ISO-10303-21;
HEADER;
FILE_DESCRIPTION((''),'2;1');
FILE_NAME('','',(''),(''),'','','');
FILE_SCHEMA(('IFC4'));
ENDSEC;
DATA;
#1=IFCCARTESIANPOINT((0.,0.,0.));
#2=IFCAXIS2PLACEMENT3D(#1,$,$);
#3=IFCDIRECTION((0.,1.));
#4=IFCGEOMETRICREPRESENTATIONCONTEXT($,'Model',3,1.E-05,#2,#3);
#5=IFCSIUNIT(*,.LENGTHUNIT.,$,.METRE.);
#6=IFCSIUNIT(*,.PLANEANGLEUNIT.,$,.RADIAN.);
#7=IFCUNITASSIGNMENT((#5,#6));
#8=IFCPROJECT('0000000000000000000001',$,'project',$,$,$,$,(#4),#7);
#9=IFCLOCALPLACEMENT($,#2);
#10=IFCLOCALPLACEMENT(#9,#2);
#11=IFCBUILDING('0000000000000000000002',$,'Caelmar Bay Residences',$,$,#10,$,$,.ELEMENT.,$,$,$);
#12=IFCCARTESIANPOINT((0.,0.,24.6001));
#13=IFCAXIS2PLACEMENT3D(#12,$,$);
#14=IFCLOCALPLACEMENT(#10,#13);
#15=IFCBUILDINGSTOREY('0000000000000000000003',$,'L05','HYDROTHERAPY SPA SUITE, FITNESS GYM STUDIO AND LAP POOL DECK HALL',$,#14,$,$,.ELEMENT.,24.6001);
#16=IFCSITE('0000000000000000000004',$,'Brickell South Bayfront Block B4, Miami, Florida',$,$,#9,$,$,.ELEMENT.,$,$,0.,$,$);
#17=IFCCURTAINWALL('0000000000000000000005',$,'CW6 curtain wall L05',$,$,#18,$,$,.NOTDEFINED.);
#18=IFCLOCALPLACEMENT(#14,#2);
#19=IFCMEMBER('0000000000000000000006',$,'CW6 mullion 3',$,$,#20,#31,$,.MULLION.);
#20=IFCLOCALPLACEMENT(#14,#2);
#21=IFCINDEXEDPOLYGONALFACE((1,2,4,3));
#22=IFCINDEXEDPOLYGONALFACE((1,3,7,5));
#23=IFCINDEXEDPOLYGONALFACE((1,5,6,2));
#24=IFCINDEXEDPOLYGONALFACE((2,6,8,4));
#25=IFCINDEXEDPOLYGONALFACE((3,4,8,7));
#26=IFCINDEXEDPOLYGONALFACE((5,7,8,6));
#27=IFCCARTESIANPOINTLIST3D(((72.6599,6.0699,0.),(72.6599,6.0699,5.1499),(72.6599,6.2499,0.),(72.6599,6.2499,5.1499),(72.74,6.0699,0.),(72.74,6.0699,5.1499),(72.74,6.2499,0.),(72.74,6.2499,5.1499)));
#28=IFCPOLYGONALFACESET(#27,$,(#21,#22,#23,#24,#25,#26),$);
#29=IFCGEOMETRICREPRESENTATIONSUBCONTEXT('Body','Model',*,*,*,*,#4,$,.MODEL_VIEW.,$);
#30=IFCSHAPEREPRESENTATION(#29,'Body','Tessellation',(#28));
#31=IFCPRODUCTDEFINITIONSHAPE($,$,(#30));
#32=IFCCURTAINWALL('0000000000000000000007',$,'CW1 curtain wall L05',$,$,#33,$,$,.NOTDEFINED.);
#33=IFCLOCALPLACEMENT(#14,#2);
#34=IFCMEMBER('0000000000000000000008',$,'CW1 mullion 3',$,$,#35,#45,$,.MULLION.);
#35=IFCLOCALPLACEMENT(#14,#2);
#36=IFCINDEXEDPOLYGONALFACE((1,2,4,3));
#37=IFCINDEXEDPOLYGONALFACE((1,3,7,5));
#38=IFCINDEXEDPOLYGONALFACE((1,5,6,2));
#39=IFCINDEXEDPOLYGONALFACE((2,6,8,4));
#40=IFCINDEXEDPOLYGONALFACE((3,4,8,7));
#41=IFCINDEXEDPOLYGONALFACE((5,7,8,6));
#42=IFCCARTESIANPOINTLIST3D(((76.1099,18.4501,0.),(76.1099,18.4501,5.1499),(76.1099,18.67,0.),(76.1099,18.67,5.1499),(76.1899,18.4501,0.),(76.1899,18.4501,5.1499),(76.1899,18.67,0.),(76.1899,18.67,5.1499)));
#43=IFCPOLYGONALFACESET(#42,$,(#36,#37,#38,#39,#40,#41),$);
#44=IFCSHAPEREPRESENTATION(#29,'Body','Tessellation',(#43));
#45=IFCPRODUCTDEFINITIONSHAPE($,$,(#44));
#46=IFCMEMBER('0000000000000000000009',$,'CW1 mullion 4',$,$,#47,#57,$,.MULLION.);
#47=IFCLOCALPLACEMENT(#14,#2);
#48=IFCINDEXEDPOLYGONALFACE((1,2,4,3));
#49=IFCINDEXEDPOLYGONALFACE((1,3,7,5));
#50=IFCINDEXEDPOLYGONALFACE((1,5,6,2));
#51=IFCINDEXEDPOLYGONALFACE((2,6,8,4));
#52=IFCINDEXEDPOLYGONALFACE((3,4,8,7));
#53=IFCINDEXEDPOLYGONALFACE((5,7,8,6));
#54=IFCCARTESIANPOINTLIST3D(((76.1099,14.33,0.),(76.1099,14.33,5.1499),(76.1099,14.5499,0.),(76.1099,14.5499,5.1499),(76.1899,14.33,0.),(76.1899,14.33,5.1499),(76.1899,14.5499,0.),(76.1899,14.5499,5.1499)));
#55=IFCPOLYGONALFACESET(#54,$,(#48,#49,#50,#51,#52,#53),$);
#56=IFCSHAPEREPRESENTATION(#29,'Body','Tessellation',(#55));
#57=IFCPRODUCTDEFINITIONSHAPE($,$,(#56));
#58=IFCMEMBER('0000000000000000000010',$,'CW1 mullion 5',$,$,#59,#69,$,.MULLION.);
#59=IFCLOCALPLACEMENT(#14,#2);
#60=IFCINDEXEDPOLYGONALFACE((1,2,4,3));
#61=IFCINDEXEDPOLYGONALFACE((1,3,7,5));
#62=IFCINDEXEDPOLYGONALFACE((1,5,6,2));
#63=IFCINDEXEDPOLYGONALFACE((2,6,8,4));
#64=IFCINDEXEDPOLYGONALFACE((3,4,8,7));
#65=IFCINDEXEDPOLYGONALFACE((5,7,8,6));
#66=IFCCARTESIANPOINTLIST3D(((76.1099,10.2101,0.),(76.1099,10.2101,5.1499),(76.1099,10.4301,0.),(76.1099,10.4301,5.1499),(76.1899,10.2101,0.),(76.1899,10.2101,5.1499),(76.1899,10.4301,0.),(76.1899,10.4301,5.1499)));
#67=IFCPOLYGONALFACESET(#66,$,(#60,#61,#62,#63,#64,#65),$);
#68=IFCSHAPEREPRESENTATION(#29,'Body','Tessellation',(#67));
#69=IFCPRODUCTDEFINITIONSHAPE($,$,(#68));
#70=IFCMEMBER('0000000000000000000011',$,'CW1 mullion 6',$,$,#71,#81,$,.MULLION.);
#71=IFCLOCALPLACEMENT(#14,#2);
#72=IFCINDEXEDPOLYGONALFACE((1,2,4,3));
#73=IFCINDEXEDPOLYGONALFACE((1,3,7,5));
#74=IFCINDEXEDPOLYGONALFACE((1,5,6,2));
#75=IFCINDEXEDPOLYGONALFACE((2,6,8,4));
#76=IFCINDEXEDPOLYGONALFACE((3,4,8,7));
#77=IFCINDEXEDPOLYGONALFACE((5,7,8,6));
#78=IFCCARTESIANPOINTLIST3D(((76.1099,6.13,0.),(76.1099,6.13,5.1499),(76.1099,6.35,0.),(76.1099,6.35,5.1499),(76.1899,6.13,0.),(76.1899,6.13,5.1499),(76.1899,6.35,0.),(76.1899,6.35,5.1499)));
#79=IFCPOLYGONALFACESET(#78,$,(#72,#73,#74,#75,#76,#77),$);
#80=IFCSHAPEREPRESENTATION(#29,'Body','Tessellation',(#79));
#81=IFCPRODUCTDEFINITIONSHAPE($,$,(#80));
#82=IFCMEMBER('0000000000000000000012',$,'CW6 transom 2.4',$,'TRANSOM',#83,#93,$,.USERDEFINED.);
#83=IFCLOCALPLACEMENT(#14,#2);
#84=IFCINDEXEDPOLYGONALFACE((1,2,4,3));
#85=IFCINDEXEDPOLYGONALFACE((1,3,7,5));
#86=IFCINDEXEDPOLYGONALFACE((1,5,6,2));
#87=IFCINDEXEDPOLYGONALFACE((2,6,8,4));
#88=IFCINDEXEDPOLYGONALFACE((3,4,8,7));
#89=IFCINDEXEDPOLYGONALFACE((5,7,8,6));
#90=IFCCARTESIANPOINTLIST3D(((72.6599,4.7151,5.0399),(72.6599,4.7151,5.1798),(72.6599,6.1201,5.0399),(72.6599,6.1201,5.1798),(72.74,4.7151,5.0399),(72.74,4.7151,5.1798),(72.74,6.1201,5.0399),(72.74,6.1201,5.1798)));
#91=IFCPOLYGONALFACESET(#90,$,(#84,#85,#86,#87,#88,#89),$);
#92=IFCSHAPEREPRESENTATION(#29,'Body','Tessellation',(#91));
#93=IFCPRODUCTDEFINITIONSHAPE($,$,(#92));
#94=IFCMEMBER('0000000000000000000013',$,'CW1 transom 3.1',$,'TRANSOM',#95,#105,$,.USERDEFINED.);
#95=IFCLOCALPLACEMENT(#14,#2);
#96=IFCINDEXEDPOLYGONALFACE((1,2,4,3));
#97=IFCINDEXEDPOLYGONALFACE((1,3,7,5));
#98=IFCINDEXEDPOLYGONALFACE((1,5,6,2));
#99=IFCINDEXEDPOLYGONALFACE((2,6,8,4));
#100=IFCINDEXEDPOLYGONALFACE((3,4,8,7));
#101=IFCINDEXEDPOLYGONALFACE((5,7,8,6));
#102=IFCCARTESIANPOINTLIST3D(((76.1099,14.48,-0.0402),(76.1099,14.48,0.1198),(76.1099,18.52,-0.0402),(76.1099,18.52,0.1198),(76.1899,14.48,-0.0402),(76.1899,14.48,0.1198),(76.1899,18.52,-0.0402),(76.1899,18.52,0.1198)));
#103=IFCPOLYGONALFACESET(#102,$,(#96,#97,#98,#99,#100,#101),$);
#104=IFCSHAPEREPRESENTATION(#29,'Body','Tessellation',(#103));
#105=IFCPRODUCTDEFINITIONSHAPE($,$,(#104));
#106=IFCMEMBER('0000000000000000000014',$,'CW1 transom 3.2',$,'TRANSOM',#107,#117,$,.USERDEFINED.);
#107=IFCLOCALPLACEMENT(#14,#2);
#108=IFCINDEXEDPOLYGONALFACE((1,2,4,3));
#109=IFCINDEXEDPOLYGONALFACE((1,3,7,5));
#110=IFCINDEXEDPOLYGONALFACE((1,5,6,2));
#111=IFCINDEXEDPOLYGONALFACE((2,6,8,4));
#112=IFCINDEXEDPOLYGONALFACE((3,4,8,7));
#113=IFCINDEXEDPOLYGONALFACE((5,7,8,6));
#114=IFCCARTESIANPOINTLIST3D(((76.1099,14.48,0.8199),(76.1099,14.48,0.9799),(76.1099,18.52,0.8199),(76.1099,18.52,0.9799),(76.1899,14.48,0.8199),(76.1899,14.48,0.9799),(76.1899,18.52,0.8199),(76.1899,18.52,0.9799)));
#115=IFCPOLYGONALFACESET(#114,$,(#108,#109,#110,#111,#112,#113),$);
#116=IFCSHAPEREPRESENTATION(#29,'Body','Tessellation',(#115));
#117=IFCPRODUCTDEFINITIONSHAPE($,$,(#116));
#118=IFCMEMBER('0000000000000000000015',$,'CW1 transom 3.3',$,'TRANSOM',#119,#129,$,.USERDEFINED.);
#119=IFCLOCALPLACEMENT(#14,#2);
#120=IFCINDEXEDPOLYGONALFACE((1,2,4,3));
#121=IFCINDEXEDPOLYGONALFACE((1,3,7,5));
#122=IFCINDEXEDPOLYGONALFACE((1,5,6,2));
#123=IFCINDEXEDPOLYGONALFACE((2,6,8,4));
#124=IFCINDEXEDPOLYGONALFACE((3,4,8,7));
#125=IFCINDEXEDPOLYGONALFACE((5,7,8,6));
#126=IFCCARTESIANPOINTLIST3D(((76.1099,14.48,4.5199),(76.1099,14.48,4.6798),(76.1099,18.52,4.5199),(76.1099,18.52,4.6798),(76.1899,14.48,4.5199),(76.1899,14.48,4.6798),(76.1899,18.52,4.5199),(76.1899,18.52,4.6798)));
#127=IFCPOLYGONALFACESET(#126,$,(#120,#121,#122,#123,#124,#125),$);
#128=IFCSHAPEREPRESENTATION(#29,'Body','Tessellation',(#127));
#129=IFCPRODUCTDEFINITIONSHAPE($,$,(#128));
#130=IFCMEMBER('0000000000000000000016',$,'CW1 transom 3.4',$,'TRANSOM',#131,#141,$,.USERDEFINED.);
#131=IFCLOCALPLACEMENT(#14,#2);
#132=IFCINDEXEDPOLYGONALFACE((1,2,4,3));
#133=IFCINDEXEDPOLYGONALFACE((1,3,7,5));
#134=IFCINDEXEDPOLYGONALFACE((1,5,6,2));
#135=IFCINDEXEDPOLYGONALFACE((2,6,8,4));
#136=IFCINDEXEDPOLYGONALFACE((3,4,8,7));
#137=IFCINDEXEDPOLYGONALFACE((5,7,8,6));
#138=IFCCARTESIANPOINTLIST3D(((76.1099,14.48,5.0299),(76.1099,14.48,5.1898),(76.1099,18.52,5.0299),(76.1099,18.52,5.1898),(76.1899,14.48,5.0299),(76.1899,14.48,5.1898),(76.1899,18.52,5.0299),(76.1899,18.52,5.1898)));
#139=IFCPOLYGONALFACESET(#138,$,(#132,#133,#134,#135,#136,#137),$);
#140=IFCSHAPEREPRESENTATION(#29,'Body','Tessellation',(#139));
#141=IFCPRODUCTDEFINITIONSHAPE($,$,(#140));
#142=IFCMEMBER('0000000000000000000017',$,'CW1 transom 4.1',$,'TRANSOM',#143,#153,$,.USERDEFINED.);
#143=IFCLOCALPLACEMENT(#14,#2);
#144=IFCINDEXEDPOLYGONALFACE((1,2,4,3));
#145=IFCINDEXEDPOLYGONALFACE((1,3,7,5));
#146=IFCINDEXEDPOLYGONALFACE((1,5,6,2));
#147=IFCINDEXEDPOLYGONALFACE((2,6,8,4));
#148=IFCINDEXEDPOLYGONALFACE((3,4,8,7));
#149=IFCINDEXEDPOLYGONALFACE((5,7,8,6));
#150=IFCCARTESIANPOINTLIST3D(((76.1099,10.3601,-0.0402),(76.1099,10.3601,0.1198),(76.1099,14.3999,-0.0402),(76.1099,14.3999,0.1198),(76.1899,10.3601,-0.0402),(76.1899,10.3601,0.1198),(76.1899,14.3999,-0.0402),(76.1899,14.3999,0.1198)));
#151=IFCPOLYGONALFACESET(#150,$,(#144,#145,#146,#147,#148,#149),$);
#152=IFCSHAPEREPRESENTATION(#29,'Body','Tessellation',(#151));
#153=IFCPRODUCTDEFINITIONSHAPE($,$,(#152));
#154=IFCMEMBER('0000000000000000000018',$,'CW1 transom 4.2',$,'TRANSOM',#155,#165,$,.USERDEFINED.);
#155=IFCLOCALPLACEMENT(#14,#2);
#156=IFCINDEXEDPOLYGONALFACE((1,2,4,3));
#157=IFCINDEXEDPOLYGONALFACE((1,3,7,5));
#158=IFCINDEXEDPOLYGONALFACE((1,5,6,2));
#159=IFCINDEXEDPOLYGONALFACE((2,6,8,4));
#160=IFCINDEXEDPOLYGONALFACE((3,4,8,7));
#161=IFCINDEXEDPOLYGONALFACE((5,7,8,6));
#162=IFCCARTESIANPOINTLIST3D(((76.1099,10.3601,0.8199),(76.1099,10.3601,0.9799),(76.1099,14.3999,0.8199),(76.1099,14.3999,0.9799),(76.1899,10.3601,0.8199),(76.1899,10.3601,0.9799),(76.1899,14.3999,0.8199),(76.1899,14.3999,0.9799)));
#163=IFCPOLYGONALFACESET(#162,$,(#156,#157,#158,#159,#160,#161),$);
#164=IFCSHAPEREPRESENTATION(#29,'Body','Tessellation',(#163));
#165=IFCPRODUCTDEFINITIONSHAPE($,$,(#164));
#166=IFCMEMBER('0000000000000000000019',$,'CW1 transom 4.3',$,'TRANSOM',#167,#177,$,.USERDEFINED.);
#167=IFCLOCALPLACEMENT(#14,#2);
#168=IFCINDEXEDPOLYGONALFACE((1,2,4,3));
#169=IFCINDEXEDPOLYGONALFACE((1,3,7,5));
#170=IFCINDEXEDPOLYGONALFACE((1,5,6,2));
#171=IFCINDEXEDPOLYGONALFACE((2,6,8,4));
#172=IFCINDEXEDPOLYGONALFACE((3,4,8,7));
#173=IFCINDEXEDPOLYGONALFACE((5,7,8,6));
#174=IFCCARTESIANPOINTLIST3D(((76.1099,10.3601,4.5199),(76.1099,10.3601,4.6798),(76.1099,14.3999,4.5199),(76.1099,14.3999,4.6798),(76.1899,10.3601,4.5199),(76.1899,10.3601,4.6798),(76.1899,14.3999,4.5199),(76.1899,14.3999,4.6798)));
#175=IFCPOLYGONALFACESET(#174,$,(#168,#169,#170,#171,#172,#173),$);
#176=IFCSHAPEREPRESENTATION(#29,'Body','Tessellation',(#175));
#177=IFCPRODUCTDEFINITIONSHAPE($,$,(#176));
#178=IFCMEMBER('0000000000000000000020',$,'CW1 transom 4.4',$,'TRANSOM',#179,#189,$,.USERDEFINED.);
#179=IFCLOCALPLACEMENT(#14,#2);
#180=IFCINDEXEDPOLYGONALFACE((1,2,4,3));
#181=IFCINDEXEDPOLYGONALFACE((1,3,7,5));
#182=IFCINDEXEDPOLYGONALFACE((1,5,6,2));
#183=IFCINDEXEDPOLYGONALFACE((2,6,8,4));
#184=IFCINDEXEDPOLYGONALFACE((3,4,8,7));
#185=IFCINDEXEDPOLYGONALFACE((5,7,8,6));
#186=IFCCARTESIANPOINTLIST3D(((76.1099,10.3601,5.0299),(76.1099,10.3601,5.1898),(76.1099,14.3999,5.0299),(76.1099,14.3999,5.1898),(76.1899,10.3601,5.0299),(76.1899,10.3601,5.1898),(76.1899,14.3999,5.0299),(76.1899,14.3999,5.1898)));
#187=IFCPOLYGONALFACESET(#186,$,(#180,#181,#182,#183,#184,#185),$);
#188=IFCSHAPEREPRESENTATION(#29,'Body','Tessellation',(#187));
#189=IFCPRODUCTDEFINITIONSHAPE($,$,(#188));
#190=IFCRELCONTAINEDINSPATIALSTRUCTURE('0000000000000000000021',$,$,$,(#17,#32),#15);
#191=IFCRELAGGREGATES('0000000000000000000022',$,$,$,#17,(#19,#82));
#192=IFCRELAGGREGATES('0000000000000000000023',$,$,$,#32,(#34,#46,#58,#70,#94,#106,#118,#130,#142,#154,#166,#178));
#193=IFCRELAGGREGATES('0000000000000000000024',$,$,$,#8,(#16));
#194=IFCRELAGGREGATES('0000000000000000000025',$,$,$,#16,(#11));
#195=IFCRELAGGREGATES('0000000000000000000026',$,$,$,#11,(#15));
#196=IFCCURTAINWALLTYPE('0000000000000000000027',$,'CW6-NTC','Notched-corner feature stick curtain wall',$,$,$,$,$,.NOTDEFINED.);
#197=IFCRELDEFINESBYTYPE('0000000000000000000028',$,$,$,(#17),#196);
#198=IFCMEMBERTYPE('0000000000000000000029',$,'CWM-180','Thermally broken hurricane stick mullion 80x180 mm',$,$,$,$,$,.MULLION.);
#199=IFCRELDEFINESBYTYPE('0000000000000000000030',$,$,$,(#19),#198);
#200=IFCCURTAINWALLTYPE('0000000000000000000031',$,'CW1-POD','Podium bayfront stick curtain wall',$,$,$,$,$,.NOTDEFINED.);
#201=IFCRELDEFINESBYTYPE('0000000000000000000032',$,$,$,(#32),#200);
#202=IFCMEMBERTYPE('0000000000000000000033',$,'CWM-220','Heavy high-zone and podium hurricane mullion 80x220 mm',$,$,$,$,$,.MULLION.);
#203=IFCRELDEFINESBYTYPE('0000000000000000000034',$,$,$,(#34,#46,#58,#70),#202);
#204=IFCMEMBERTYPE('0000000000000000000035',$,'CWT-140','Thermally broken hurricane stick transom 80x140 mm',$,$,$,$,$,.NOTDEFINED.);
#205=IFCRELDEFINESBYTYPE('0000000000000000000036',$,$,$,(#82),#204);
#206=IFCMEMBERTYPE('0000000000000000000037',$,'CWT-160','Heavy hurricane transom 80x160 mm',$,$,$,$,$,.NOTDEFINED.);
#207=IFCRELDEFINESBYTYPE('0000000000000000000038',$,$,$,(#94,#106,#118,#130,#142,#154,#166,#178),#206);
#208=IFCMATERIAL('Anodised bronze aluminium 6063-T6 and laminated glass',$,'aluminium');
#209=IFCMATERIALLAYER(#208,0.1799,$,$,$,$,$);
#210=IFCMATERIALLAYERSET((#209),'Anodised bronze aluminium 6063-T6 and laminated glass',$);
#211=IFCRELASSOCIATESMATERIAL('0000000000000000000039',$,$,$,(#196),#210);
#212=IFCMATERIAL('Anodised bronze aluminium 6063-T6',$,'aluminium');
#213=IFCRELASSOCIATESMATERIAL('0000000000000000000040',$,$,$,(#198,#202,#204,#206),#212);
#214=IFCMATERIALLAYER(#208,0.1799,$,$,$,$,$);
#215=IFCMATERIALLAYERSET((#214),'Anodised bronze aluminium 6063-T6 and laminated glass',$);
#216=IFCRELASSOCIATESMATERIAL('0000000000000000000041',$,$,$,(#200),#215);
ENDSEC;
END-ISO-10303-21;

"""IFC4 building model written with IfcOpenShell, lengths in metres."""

from ifc_helpers import new_model, si_unit, direction, frame, origin, origin_2d, place, context, subcontext, project, spatial, rectangle, extrude, material, layer, layer_set, material_profile, profile_set, type_object, element, aggregate, save


model = new_model("IFC4")

# Units and contexts
model_context = context("Model", 3, precision=1e-05, world=origin(), true_north=direction((0.0, 1.0)))
body_context = subcontext(model_context, "Body", "Model", "MODEL_VIEW")
ifc_project = project(units=[si_unit("LENGTHUNIT", "METRE"), si_unit("PLANEANGLEUNIT", "RADIAN")], contexts=[model_context])

# Site, building, storey
site_placement = place(None, origin())
site = spatial("IfcSite", under=ifc_project, at=site_placement, Name="Brickell South Bayfront Block B4, Miami, Florida", CompositionType="ELEMENT", RefElevation=0.0)
building_placement = place(site_placement, origin())
building = spatial("IfcBuilding", under=site, at=building_placement, Name="Caelmar Bay Residences", CompositionType="ELEMENT")
storey_placement = place(building_placement, frame((0.0, 0.0, 24.6001)))
storey = spatial("IfcBuildingStorey", under=building, at=storey_placement, Name="L05", Description="HYDROTHERAPY SPA SUITE, FITNESS GYM STUDIO AND LAP POOL DECK HALL", CompositionType="ELEMENT", Elevation=24.6001)

# Curtain wall, member
ifc_material_1 = material(Name="Anodised bronze aluminium 6063-T6 and laminated glass", Category="aluminium")
ifc_layer_1 = layer(ifc_material_1, 0.1799)
ifc_layer_set_1 = layer_set([ifc_layer_1], Name="Anodised bronze aluminium 6063-T6 and laminated glass")
curtain_wall_type_1 = type_object("IfcCurtainWallType", Name="CW6-NTC", Description="Notched-corner feature stick curtain wall", PredefinedType="NOTDEFINED", material=ifc_layer_set_1)
curtain_wall_1_placement = place(storey_placement, origin())
curtain_wall_1 = element("IfcCurtainWall", 1, at=curtain_wall_1_placement, inside=storey, type_object=curtain_wall_type_1, Name="CW6 curtain wall L05", PredefinedType="NOTDEFINED")
ifc_material_2 = material(Name="Anodised bronze aluminium 6063-T6", Category="aluminium")
ifc_material_profile_1 = material_profile(ifc_material_2, rectangle(XDim=0.0801, YDim=0.1799, at=origin_2d()), Name="CWM-80X180")
ifc_profile_set_1 = profile_set([ifc_material_profile_1], Name="Anodised bronze aluminium 6063-T6")
member_type_1 = type_object("IfcMemberType", Name="CWM-180", Description="Thermally broken hurricane stick mullion 80x180 mm", PredefinedType="MULLION", material=ifc_profile_set_1)
member_1_placement = place(storey_placement, frame((72.7, 6.1599, 0.0), z_axis=(0.0, 0.0, 1.0), x_axis=(-1.0, 0.0, 0.0)))
member_1 = element("IfcMember", 2, at=member_1_placement, type_object=member_type_1, Name="CW6 mullion 3", PredefinedType="MULLION", context=body_context, shape_type="SweptSolid", body=[
    extrude(rectangle(XDim=0.0801, YDim=0.1799, at=origin_2d()), origin(), (0.0, 0.0, 1.0), 5.1499),
])

# Curtain wall, members
ifc_layer_2 = layer(ifc_material_1, 0.1799)
ifc_layer_set_2 = layer_set([ifc_layer_2], Name="Anodised bronze aluminium 6063-T6 and laminated glass")
curtain_wall_type_2 = type_object("IfcCurtainWallType", Name="CW1-POD", Description="Podium bayfront stick curtain wall", PredefinedType="NOTDEFINED", material=ifc_layer_set_2)
curtain_wall_2_placement = place(storey_placement, origin())
curtain_wall_2 = element("IfcCurtainWall", 3, at=curtain_wall_2_placement, inside=storey, type_object=curtain_wall_type_2, Name="CW1 curtain wall L05", PredefinedType="NOTDEFINED")
ifc_material_profile_2 = material_profile(ifc_material_2, rectangle(XDim=0.0801, YDim=0.22, at=origin_2d()), Name="CWM-80X220")
ifc_profile_set_2 = profile_set([ifc_material_profile_2], Name="Anodised bronze aluminium 6063-T6")
member_type_2 = type_object("IfcMemberType", Name="CWM-220", Description="Heavy high-zone and podium hurricane mullion 80x220 mm", PredefinedType="MULLION", material=ifc_profile_set_2)
member_2_placement = place(storey_placement, frame((76.1499, 18.5601, 0.0), z_axis=(0.0, 0.0, 1.0), x_axis=(1.0, 0.0, 0.0)))
member_2 = element("IfcMember", 4, at=member_2_placement, type_object=member_type_2, Name="CW1 mullion 3", PredefinedType="MULLION", context=body_context, shape_type="SweptSolid", body=[
    extrude(rectangle(XDim=0.0801, YDim=0.22, at=origin_2d()), origin(), (0.0, 0.0, 1.0), 5.1499),
])
member_3_placement = place(storey_placement, frame((76.1499, 14.4399, 0.0), z_axis=(0.0, 0.0, 1.0), x_axis=(1.0, 0.0, 0.0)))
member_3 = element("IfcMember", 5, at=member_3_placement, type_object=member_type_2, Name="CW1 mullion 4", PredefinedType="MULLION", context=body_context, shape_type="SweptSolid", body=[
    extrude(rectangle(XDim=0.0801, YDim=0.22, at=origin_2d()), origin(), (0.0, 0.0, 1.0), 5.1499),
])
member_4_placement = place(storey_placement, frame((76.1499, 10.3201, 0.0), z_axis=(0.0, 0.0, 1.0), x_axis=(1.0, 0.0, 0.0)))
member_4 = element("IfcMember", 6, at=member_4_placement, type_object=member_type_2, Name="CW1 mullion 5", PredefinedType="MULLION", context=body_context, shape_type="SweptSolid", body=[
    extrude(rectangle(XDim=0.0801, YDim=0.22, at=origin_2d()), origin(), (0.0, 0.0, 1.0), 5.1499),
])
member_5_placement = place(storey_placement, frame((76.1499, 6.24, 0.0), z_axis=(0.0, 0.0, 1.0), x_axis=(1.0, 0.0, 0.0)))
member_5 = element("IfcMember", 7, at=member_5_placement, type_object=member_type_2, Name="CW1 mullion 6", PredefinedType="MULLION", context=body_context, shape_type="SweptSolid", body=[
    extrude(rectangle(XDim=0.0801, YDim=0.22, at=origin_2d()), origin(), (0.0, 0.0, 1.0), 5.1499),
])

# Members
ifc_material_profile_3 = material_profile(ifc_material_2, rectangle(XDim=0.0801, YDim=0.1399, at=origin_2d()), Name="CWT-80X140")
ifc_profile_set_3 = profile_set([ifc_material_profile_3], Name="Anodised bronze aluminium 6063-T6")
member_type_3 = type_object("IfcMemberType", Name="CWT-140", Description="Thermally broken hurricane stick transom 80x140 mm", PredefinedType="NOTDEFINED", material=ifc_profile_set_3)
member_6_placement = place(storey_placement, frame((72.7, 4.7151, 5.1099), z_axis=(0.0, 1.0, 0.0), x_axis=(-1.0, 0.0, 0.0)))
member_6 = element("IfcMember", 8, at=member_6_placement, type_object=member_type_3, Name="CW6 transom 2.4", ObjectType="TRANSOM", PredefinedType="USERDEFINED", context=body_context, shape_type="SweptSolid", body=[
    extrude(rectangle(XDim=0.0801, YDim=0.1399, at=origin_2d()), origin(), (0.0, 0.0, 1.0), 1.405),
])
ifc_material_profile_4 = material_profile(ifc_material_2, rectangle(XDim=0.0801, YDim=0.1599, at=origin_2d()), Name="CWT-80X160")
ifc_profile_set_4 = profile_set([ifc_material_profile_4], Name="Anodised bronze aluminium 6063-T6")
member_type_4 = type_object("IfcMemberType", Name="CWT-160", Description="Heavy hurricane transom 80x160 mm", PredefinedType="NOTDEFINED", material=ifc_profile_set_4)
member_7_placement = place(storey_placement, frame((76.1499, 18.52, 0.0398), z_axis=(0.0, -1.0, 0.0), x_axis=(1.0, 0.0, 0.0)))
member_7 = element("IfcMember", 9, at=member_7_placement, type_object=member_type_4, Name="CW1 transom 3.1", ObjectType="TRANSOM", PredefinedType="USERDEFINED", context=body_context, shape_type="SweptSolid", body=[
    extrude(rectangle(XDim=0.0801, YDim=0.1599, at=origin_2d()), origin(), (0.0, 0.0, 1.0), 4.04),
])
member_8_placement = place(storey_placement, frame((76.1499, 18.52, 0.8999), z_axis=(0.0, -1.0, 0.0), x_axis=(1.0, 0.0, 0.0)))
member_8 = element("IfcMember", 10, at=member_8_placement, type_object=member_type_4, Name="CW1 transom 3.2", ObjectType="TRANSOM", PredefinedType="USERDEFINED", context=body_context, shape_type="SweptSolid", body=[
    extrude(rectangle(XDim=0.0801, YDim=0.1599, at=origin_2d()), origin(), (0.0, 0.0, 1.0), 4.04),
])
member_9_placement = place(storey_placement, frame((76.1499, 18.52, 4.5999), z_axis=(0.0, -1.0, 0.0), x_axis=(1.0, 0.0, 0.0)))
member_9 = element("IfcMember", 11, at=member_9_placement, type_object=member_type_4, Name="CW1 transom 3.3", ObjectType="TRANSOM", PredefinedType="USERDEFINED", context=body_context, shape_type="SweptSolid", body=[
    extrude(rectangle(XDim=0.0801, YDim=0.1599, at=origin_2d()), origin(), (0.0, 0.0, 1.0), 4.04),
])
member_10_placement = place(storey_placement, frame((76.1499, 18.52, 5.1099), z_axis=(0.0, -1.0, 0.0), x_axis=(1.0, 0.0, 0.0)))
member_10 = element("IfcMember", 12, at=member_10_placement, type_object=member_type_4, Name="CW1 transom 3.4", ObjectType="TRANSOM", PredefinedType="USERDEFINED", context=body_context, shape_type="SweptSolid", body=[
    extrude(rectangle(XDim=0.0801, YDim=0.1599, at=origin_2d()), origin(), (0.0, 0.0, 1.0), 4.04),
])
member_11_placement = place(storey_placement, frame((76.1499, 14.3999, 0.0398), z_axis=(0.0, -1.0, 0.0), x_axis=(1.0, 0.0, 0.0)))
member_11 = element("IfcMember", 13, at=member_11_placement, type_object=member_type_4, Name="CW1 transom 4.1", ObjectType="TRANSOM", PredefinedType="USERDEFINED", context=body_context, shape_type="SweptSolid", body=[
    extrude(rectangle(XDim=0.0801, YDim=0.1599, at=origin_2d()), origin(), (0.0, 0.0, 1.0), 4.0398),
])
member_12_placement = place(storey_placement, frame((76.1499, 14.3999, 0.8999), z_axis=(0.0, -1.0, 0.0), x_axis=(1.0, 0.0, 0.0)))
member_12 = element("IfcMember", 14, at=member_12_placement, type_object=member_type_4, Name="CW1 transom 4.2", ObjectType="TRANSOM", PredefinedType="USERDEFINED", context=body_context, shape_type="SweptSolid", body=[
    extrude(rectangle(XDim=0.0801, YDim=0.1599, at=origin_2d()), origin(), (0.0, 0.0, 1.0), 4.0398),
])
member_13_placement = place(storey_placement, frame((76.1499, 14.3999, 4.5999), z_axis=(0.0, -1.0, 0.0), x_axis=(1.0, 0.0, 0.0)))
member_13 = element("IfcMember", 15, at=member_13_placement, type_object=member_type_4, Name="CW1 transom 4.3", ObjectType="TRANSOM", PredefinedType="USERDEFINED", context=body_context, shape_type="SweptSolid", body=[
    extrude(rectangle(XDim=0.0801, YDim=0.1599, at=origin_2d()), origin(), (0.0, 0.0, 1.0), 4.0398),
])
member_14_placement = place(storey_placement, frame((76.1499, 14.3999, 5.1099), z_axis=(0.0, -1.0, 0.0), x_axis=(1.0, 0.0, 0.0)))
member_14 = element("IfcMember", 16, at=member_14_placement, type_object=member_type_4, Name="CW1 transom 4.4", ObjectType="TRANSOM", PredefinedType="USERDEFINED", context=body_context, shape_type="SweptSolid", body=[
    extrude(rectangle(XDim=0.0801, YDim=0.1599, at=origin_2d()), origin(), (0.0, 0.0, 1.0), 4.0398),
])

aggregate(curtain_wall_1, [member_1, member_6])
aggregate(curtain_wall_2, [member_2, member_3, member_4, member_5, member_7, member_8, member_9, member_10, member_11, member_12, member_13, member_14])

save(model, "model.ifc")
